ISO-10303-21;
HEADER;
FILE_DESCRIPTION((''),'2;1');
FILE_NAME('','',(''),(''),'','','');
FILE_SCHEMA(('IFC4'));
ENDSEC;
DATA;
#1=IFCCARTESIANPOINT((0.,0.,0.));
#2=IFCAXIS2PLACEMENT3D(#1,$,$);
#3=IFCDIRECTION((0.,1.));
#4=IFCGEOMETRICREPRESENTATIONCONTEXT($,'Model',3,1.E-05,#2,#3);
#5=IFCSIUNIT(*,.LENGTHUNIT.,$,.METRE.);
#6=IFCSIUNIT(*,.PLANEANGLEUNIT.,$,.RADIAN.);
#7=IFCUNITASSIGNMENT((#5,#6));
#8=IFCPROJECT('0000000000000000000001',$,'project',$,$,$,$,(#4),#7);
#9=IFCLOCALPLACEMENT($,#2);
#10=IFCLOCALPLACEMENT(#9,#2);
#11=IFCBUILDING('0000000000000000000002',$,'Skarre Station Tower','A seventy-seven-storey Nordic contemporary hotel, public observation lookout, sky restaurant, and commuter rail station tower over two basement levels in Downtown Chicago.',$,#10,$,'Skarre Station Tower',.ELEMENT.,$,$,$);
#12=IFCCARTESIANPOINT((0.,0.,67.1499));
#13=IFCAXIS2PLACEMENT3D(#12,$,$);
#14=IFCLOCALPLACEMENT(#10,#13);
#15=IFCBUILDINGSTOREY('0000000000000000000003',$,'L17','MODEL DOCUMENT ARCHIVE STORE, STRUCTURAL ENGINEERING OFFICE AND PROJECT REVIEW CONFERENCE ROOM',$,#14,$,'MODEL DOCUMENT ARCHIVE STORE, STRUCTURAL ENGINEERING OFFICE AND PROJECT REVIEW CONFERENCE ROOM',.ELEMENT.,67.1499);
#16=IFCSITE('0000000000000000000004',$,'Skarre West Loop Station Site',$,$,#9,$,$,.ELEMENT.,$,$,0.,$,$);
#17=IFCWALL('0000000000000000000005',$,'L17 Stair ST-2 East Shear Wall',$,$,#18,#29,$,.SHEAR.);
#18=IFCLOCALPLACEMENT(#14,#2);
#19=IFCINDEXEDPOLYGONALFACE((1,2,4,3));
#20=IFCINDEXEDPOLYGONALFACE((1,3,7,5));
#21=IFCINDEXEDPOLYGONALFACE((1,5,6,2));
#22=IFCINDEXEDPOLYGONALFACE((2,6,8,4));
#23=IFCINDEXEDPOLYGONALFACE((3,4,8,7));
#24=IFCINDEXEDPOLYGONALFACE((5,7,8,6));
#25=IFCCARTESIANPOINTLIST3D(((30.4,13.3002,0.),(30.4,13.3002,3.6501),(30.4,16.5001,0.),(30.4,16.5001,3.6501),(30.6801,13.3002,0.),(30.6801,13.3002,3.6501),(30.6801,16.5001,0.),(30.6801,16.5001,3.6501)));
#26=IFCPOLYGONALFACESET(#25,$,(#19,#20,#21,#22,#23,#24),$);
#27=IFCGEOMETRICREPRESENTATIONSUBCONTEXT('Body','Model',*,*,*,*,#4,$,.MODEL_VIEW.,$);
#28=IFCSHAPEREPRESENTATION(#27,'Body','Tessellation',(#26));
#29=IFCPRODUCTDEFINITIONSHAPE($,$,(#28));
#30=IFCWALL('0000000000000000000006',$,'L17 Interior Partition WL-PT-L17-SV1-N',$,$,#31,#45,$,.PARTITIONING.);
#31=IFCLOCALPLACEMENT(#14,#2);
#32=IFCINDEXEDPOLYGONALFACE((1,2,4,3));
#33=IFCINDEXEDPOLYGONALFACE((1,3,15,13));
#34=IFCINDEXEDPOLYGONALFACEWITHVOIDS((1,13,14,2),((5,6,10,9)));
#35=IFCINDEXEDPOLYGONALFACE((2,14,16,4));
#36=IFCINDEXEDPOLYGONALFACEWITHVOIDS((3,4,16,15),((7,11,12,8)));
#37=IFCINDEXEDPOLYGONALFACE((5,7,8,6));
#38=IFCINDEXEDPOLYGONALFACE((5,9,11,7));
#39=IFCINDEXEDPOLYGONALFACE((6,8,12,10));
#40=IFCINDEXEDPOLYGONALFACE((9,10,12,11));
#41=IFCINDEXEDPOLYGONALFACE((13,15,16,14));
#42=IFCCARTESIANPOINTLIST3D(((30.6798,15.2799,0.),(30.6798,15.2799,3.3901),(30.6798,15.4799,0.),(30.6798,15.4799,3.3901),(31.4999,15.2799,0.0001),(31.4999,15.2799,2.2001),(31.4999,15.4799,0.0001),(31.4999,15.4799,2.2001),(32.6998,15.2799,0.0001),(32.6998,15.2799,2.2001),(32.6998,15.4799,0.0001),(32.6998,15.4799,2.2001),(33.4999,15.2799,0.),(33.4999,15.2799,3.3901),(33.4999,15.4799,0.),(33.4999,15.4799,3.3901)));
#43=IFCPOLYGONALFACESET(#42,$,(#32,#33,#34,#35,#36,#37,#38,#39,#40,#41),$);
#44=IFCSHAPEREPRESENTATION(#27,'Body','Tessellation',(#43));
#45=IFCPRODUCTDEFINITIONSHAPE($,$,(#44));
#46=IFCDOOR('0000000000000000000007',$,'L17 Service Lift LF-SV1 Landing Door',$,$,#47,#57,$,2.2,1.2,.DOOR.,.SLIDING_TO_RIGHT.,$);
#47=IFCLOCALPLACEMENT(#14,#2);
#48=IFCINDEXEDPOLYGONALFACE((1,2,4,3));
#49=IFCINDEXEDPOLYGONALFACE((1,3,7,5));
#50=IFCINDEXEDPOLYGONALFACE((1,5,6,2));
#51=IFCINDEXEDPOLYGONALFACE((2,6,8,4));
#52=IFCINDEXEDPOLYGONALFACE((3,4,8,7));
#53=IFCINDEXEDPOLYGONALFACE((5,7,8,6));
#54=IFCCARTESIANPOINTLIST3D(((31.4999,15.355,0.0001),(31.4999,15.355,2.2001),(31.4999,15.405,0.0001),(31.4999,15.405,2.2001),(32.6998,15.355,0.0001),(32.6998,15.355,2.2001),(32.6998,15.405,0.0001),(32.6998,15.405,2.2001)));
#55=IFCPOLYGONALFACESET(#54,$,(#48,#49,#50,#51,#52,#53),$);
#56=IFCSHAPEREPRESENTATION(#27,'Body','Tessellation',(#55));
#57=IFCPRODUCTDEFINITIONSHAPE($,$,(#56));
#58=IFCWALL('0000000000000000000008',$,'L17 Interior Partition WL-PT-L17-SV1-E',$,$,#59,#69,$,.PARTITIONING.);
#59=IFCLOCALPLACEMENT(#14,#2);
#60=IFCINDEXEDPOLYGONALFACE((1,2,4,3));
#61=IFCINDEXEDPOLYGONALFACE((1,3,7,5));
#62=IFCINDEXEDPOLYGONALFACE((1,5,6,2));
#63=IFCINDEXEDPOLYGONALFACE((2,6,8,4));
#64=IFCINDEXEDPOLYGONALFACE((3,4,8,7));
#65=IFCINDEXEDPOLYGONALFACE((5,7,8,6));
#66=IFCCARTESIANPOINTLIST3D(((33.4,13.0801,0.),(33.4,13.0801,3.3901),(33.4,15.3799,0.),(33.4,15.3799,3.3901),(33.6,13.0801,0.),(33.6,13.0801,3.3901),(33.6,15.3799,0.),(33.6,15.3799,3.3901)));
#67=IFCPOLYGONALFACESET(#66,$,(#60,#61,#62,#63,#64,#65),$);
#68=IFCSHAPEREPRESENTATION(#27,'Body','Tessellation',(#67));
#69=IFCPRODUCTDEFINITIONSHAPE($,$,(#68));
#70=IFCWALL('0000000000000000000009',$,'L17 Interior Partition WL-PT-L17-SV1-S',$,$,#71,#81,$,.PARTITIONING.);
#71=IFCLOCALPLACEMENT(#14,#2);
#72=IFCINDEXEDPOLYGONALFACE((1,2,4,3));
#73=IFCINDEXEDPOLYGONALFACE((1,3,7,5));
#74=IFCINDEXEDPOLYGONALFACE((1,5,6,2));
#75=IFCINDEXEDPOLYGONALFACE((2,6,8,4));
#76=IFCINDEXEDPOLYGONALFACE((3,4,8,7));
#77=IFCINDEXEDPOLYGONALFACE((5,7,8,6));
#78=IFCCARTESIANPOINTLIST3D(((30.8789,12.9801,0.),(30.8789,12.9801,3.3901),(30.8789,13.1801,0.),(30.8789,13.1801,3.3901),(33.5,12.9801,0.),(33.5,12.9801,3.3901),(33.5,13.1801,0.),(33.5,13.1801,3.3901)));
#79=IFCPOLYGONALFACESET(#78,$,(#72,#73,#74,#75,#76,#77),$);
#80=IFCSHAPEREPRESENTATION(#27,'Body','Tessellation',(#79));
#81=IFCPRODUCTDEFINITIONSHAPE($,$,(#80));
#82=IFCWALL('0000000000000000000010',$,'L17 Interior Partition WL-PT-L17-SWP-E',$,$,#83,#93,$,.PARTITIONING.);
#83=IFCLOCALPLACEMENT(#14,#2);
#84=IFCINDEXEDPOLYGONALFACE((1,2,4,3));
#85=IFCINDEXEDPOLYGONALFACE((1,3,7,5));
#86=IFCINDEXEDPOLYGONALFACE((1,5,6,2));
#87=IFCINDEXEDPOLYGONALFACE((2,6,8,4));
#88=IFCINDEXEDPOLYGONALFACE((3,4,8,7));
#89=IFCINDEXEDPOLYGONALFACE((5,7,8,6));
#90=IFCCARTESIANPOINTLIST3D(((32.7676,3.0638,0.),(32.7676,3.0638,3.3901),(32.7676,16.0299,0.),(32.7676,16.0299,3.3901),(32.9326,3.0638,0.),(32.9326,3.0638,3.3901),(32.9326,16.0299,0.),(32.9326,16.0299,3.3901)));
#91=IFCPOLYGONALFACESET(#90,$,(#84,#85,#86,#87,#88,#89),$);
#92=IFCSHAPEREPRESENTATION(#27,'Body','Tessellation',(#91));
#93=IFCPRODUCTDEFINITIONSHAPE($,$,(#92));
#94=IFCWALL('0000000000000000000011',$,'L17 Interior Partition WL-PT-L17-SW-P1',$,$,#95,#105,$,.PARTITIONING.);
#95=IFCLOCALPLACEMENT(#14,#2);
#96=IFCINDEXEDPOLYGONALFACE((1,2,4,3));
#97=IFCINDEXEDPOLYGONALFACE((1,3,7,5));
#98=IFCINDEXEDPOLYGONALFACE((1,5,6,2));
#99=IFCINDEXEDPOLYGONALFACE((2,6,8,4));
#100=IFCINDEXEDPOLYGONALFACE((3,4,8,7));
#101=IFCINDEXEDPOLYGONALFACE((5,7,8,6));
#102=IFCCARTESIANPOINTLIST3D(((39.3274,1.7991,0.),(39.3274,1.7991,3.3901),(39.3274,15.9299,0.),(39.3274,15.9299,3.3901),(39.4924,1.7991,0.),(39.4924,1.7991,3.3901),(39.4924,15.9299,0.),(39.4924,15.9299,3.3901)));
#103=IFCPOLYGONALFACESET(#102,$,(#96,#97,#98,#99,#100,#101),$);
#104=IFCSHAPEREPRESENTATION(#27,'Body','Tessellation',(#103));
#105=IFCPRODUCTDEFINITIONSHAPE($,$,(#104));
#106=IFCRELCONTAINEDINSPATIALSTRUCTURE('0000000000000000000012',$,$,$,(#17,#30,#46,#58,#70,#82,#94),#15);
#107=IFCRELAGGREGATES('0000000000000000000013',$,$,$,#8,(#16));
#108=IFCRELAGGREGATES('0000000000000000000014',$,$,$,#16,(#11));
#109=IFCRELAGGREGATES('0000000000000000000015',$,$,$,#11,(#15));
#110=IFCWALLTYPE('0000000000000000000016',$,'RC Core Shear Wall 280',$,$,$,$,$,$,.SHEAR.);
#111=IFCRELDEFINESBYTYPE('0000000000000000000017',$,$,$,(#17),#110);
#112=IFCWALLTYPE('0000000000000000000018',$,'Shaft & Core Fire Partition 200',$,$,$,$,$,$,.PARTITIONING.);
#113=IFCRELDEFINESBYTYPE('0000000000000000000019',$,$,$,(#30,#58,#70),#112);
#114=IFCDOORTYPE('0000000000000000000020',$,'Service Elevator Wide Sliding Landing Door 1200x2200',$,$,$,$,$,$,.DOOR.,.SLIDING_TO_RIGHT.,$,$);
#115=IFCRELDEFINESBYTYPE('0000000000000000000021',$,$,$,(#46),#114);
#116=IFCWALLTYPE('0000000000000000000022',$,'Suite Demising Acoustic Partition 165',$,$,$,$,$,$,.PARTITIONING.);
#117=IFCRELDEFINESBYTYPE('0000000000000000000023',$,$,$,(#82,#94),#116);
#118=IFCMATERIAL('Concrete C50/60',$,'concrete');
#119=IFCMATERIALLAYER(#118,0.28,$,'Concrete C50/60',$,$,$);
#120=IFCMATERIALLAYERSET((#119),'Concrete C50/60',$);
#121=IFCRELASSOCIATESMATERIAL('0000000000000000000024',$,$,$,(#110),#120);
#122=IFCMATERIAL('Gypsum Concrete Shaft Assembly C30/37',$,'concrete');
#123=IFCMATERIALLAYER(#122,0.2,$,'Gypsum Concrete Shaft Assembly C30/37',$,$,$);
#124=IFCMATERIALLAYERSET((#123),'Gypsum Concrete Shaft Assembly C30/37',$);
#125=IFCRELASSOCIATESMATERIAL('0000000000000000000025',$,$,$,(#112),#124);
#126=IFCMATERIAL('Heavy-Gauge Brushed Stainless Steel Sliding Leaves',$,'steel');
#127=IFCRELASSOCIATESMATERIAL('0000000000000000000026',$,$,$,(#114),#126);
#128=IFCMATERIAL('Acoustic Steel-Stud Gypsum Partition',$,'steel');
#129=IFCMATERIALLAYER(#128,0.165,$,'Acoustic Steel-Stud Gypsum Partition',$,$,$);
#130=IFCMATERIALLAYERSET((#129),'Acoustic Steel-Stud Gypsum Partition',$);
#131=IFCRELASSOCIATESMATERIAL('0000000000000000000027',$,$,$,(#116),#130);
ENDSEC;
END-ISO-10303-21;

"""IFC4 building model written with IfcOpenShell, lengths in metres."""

from ifc_helpers import new_model, si_unit, direction, frame, frame_2d, origin, place, context, subcontext, project, spatial, rectangle, extrude, material, layer, layer_set, type_object, element, fill, save


model = new_model("IFC4")

# Units and contexts
model_context = context("Model", 3, precision=1e-05, world=origin(), true_north=direction((0.0, 1.0)))
body_context = subcontext(model_context, "Body", "Model", "MODEL_VIEW")
ifc_project = project(units=[si_unit("LENGTHUNIT", "METRE"), si_unit("PLANEANGLEUNIT", "RADIAN")], contexts=[model_context])

# Site, building, storey
site_placement = place(None, origin())
site = spatial("IfcSite", under=ifc_project, at=site_placement, Name="Skarre West Loop Station Site", CompositionType="ELEMENT", RefElevation=0.0)
building_placement = place(site_placement, origin())
building = spatial("IfcBuilding", under=site, at=building_placement, Name="Skarre Station Tower", Description="A seventy-seven-storey Nordic contemporary hotel, public observation lookout, sky restaurant, and commuter rail station tower over two basement levels in Downtown Chicago.", LongName="Skarre Station Tower", CompositionType="ELEMENT")
storey_placement = place(building_placement, frame((0.0, 0.0, 67.1499)))
storey = spatial("IfcBuildingStorey", under=building, at=storey_placement, Name="L17", Description="MODEL DOCUMENT ARCHIVE STORE, STRUCTURAL ENGINEERING OFFICE AND PROJECT REVIEW CONFERENCE ROOM", LongName="MODEL DOCUMENT ARCHIVE STORE, STRUCTURAL ENGINEERING OFFICE AND PROJECT REVIEW CONFERENCE ROOM", CompositionType="ELEMENT", Elevation=67.1499)

# Shared definitions
ifc_material_1 = material(Name="Acoustic Steel-Stud Gypsum Partition", Category="steel")

# Shared definitions
ifc_material_2 = material(Name="Concrete C50/60", Category="concrete")
ifc_layer_1 = layer(ifc_material_2, 0.28, Name="Concrete C50/60")
ifc_layer_set_1 = layer_set([ifc_layer_1], Name="Concrete C50/60")
wall_type_1 = type_object("IfcWallType", Name="RC Core Shear Wall 280", PredefinedType="SHEAR", material=ifc_layer_set_1)

# Wall
wall_1_placement = place(storey_placement, frame((30.54, 13.3, 0.0), z_axis=(0.0, 0.0, 1.0), x_axis=(0.0, 1.0, 0.0)))
element("IfcWall", 1, at=wall_1_placement, inside=storey, type_object=wall_type_1, Name="L17 Stair ST-2 East Shear Wall", PredefinedType="SHEAR", context=body_context, shape_type="SweptSolid", body=[
    extrude(rectangle(XDim=3.2, YDim=0.28, at=frame_2d((1.6001, 0.0))), origin(), (0.0, 0.0, 1.0), 3.6501),
])

# Wall, opening, door
ifc_material_3 = material(Name="Gypsum Concrete Shaft Assembly C30/37", Category="concrete")
ifc_layer_2 = layer(ifc_material_3, 0.2, Name="Gypsum Concrete Shaft Assembly C30/37")
ifc_layer_set_2 = layer_set([ifc_layer_2], Name="Gypsum Concrete Shaft Assembly C30/37")
wall_type_2 = type_object("IfcWallType", Name="Shaft & Core Fire Partition 200", PredefinedType="PARTITIONING", material=ifc_layer_set_2)
wall_2_placement = place(storey_placement, frame((33.5, 15.3799, 0.0), z_axis=(0.0, 0.0, 1.0), x_axis=(-1.0, 0.0, 0.0)))
wall_2 = element("IfcWall", 2, at=wall_2_placement, inside=storey, type_object=wall_type_2, Name="L17 Interior Partition WL-PT-L17-SV1-N", PredefinedType="PARTITIONING", context=body_context, shape_type="SweptSolid", body=[
    extrude(rectangle(XDim=2.8201, YDim=0.2, at=frame_2d((1.4102, 0.0))), origin(), (0.0, 0.0, 1.0), 3.3901),
])
opening_1_placement = place(wall_2_placement, frame((0.8, 0.0, 0.0)))
opening_1 = element("IfcOpeningElement", 3, at=opening_1_placement, cuts=wall_2, PredefinedType="OPENING", context=body_context, shape_type="SweptSolid", body=[
    extrude(rectangle(XDim=1.2, YDim=2.2, at=frame_2d((0.6001, 1.1001))), frame((0.0, 0.1099, 0.0), z_axis=(0.0, -1.0, 0.0), x_axis=(1.0, 0.0, 0.0)), (0.0, 0.0, 1.0), 0.22),
])
ifc_material_4 = material(Name="Heavy-Gauge Brushed Stainless Steel Sliding Leaves", Category="steel")
door_type_1 = type_object("IfcDoorType", Name="Service Elevator Wide Sliding Landing Door 1200x2200", OperationType="SLIDING_TO_RIGHT", PredefinedType="DOOR", material=ifc_material_4)
door_1_placement = place(opening_1_placement, origin())
door_1 = element("IfcDoor", 4, at=door_1_placement, inside=storey, type_object=door_type_1, Name="L17 Service Lift LF-SV1 Landing Door", OperationType="SLIDING_TO_RIGHT", OverallHeight=2.2, OverallWidth=1.2, PredefinedType="DOOR", context=body_context, shape_type="SweptSolid", body=[
    extrude(rectangle(XDim=1.2, YDim=2.2, at=frame_2d((0.6001, 1.1001))), frame((0.0, 0.0249, 0.0), z_axis=(0.0, -1.0, 0.0), x_axis=(1.0, 0.0, 0.0)), (0.0, 0.0, 1.0), 0.05),
])
fill(opening_1, door_1)

# Walls
wall_3_placement = place(storey_placement, frame((33.5, 13.0801, 0.0), z_axis=(0.0, 0.0, 1.0), x_axis=(0.0, 1.0, 0.0)))
element("IfcWall", 5, at=wall_3_placement, inside=storey, type_object=wall_type_2, Name="L17 Interior Partition WL-PT-L17-SV1-E", PredefinedType="PARTITIONING", context=body_context, shape_type="SweptSolid", body=[
    extrude(rectangle(XDim=2.2998, YDim=0.2, at=frame_2d((1.1499, 0.0))), origin(), (0.0, 0.0, 1.0), 3.3901),
])
wall_4_placement = place(storey_placement, frame((30.8789, 13.0801, 0.0), z_axis=(0.0, 0.0, 1.0), x_axis=(1.0, 0.0, 0.0)))
element("IfcWall", 6, at=wall_4_placement, inside=storey, type_object=wall_type_2, Name="L17 Interior Partition WL-PT-L17-SV1-S", PredefinedType="PARTITIONING", context=body_context, shape_type="SweptSolid", body=[
    extrude(rectangle(XDim=2.6211, YDim=0.2, at=frame_2d((1.3105, 0.0))), origin(), (0.0, 0.0, 1.0), 3.3901),
])
ifc_layer_3 = layer(ifc_material_1, 0.165, Name="Acoustic Steel-Stud Gypsum Partition")
ifc_layer_set_3 = layer_set([ifc_layer_3], Name="Acoustic Steel-Stud Gypsum Partition")
wall_type_3 = type_object("IfcWallType", Name="Suite Demising Acoustic Partition 165", PredefinedType="PARTITIONING", material=ifc_layer_set_3)
wall_5_placement = place(storey_placement, frame((32.8501, 3.064, 0.0), z_axis=(0.0, 0.0, 1.0), x_axis=(0.0, 1.0, 0.0)))
element("IfcWall", 7, at=wall_5_placement, inside=storey, type_object=wall_type_3, Name="L17 Interior Partition WL-PT-L17-SWP-E", PredefinedType="PARTITIONING", context=body_context, shape_type="SweptSolid", body=[
    extrude(rectangle(XDim=12.9661, YDim=0.165, at=frame_2d((6.4829, 0.0))), origin(), (0.0, 0.0, 1.0), 3.3901),
])
wall_6_placement = place(storey_placement, frame((39.4099, 1.7991, 0.0), z_axis=(0.0, 0.0, 1.0), x_axis=(0.0, 1.0, 0.0)))
element("IfcWall", 8, at=wall_6_placement, inside=storey, type_object=wall_type_3, Name="L17 Interior Partition WL-PT-L17-SW-P1", PredefinedType="PARTITIONING", context=body_context, shape_type="SweptSolid", body=[
    extrude(rectangle(XDim=14.1309, YDim=0.165, at=frame_2d((7.0654, 0.0))), origin(), (0.0, 0.0, 1.0), 3.3901),
])

save(model, "model.ifc")
